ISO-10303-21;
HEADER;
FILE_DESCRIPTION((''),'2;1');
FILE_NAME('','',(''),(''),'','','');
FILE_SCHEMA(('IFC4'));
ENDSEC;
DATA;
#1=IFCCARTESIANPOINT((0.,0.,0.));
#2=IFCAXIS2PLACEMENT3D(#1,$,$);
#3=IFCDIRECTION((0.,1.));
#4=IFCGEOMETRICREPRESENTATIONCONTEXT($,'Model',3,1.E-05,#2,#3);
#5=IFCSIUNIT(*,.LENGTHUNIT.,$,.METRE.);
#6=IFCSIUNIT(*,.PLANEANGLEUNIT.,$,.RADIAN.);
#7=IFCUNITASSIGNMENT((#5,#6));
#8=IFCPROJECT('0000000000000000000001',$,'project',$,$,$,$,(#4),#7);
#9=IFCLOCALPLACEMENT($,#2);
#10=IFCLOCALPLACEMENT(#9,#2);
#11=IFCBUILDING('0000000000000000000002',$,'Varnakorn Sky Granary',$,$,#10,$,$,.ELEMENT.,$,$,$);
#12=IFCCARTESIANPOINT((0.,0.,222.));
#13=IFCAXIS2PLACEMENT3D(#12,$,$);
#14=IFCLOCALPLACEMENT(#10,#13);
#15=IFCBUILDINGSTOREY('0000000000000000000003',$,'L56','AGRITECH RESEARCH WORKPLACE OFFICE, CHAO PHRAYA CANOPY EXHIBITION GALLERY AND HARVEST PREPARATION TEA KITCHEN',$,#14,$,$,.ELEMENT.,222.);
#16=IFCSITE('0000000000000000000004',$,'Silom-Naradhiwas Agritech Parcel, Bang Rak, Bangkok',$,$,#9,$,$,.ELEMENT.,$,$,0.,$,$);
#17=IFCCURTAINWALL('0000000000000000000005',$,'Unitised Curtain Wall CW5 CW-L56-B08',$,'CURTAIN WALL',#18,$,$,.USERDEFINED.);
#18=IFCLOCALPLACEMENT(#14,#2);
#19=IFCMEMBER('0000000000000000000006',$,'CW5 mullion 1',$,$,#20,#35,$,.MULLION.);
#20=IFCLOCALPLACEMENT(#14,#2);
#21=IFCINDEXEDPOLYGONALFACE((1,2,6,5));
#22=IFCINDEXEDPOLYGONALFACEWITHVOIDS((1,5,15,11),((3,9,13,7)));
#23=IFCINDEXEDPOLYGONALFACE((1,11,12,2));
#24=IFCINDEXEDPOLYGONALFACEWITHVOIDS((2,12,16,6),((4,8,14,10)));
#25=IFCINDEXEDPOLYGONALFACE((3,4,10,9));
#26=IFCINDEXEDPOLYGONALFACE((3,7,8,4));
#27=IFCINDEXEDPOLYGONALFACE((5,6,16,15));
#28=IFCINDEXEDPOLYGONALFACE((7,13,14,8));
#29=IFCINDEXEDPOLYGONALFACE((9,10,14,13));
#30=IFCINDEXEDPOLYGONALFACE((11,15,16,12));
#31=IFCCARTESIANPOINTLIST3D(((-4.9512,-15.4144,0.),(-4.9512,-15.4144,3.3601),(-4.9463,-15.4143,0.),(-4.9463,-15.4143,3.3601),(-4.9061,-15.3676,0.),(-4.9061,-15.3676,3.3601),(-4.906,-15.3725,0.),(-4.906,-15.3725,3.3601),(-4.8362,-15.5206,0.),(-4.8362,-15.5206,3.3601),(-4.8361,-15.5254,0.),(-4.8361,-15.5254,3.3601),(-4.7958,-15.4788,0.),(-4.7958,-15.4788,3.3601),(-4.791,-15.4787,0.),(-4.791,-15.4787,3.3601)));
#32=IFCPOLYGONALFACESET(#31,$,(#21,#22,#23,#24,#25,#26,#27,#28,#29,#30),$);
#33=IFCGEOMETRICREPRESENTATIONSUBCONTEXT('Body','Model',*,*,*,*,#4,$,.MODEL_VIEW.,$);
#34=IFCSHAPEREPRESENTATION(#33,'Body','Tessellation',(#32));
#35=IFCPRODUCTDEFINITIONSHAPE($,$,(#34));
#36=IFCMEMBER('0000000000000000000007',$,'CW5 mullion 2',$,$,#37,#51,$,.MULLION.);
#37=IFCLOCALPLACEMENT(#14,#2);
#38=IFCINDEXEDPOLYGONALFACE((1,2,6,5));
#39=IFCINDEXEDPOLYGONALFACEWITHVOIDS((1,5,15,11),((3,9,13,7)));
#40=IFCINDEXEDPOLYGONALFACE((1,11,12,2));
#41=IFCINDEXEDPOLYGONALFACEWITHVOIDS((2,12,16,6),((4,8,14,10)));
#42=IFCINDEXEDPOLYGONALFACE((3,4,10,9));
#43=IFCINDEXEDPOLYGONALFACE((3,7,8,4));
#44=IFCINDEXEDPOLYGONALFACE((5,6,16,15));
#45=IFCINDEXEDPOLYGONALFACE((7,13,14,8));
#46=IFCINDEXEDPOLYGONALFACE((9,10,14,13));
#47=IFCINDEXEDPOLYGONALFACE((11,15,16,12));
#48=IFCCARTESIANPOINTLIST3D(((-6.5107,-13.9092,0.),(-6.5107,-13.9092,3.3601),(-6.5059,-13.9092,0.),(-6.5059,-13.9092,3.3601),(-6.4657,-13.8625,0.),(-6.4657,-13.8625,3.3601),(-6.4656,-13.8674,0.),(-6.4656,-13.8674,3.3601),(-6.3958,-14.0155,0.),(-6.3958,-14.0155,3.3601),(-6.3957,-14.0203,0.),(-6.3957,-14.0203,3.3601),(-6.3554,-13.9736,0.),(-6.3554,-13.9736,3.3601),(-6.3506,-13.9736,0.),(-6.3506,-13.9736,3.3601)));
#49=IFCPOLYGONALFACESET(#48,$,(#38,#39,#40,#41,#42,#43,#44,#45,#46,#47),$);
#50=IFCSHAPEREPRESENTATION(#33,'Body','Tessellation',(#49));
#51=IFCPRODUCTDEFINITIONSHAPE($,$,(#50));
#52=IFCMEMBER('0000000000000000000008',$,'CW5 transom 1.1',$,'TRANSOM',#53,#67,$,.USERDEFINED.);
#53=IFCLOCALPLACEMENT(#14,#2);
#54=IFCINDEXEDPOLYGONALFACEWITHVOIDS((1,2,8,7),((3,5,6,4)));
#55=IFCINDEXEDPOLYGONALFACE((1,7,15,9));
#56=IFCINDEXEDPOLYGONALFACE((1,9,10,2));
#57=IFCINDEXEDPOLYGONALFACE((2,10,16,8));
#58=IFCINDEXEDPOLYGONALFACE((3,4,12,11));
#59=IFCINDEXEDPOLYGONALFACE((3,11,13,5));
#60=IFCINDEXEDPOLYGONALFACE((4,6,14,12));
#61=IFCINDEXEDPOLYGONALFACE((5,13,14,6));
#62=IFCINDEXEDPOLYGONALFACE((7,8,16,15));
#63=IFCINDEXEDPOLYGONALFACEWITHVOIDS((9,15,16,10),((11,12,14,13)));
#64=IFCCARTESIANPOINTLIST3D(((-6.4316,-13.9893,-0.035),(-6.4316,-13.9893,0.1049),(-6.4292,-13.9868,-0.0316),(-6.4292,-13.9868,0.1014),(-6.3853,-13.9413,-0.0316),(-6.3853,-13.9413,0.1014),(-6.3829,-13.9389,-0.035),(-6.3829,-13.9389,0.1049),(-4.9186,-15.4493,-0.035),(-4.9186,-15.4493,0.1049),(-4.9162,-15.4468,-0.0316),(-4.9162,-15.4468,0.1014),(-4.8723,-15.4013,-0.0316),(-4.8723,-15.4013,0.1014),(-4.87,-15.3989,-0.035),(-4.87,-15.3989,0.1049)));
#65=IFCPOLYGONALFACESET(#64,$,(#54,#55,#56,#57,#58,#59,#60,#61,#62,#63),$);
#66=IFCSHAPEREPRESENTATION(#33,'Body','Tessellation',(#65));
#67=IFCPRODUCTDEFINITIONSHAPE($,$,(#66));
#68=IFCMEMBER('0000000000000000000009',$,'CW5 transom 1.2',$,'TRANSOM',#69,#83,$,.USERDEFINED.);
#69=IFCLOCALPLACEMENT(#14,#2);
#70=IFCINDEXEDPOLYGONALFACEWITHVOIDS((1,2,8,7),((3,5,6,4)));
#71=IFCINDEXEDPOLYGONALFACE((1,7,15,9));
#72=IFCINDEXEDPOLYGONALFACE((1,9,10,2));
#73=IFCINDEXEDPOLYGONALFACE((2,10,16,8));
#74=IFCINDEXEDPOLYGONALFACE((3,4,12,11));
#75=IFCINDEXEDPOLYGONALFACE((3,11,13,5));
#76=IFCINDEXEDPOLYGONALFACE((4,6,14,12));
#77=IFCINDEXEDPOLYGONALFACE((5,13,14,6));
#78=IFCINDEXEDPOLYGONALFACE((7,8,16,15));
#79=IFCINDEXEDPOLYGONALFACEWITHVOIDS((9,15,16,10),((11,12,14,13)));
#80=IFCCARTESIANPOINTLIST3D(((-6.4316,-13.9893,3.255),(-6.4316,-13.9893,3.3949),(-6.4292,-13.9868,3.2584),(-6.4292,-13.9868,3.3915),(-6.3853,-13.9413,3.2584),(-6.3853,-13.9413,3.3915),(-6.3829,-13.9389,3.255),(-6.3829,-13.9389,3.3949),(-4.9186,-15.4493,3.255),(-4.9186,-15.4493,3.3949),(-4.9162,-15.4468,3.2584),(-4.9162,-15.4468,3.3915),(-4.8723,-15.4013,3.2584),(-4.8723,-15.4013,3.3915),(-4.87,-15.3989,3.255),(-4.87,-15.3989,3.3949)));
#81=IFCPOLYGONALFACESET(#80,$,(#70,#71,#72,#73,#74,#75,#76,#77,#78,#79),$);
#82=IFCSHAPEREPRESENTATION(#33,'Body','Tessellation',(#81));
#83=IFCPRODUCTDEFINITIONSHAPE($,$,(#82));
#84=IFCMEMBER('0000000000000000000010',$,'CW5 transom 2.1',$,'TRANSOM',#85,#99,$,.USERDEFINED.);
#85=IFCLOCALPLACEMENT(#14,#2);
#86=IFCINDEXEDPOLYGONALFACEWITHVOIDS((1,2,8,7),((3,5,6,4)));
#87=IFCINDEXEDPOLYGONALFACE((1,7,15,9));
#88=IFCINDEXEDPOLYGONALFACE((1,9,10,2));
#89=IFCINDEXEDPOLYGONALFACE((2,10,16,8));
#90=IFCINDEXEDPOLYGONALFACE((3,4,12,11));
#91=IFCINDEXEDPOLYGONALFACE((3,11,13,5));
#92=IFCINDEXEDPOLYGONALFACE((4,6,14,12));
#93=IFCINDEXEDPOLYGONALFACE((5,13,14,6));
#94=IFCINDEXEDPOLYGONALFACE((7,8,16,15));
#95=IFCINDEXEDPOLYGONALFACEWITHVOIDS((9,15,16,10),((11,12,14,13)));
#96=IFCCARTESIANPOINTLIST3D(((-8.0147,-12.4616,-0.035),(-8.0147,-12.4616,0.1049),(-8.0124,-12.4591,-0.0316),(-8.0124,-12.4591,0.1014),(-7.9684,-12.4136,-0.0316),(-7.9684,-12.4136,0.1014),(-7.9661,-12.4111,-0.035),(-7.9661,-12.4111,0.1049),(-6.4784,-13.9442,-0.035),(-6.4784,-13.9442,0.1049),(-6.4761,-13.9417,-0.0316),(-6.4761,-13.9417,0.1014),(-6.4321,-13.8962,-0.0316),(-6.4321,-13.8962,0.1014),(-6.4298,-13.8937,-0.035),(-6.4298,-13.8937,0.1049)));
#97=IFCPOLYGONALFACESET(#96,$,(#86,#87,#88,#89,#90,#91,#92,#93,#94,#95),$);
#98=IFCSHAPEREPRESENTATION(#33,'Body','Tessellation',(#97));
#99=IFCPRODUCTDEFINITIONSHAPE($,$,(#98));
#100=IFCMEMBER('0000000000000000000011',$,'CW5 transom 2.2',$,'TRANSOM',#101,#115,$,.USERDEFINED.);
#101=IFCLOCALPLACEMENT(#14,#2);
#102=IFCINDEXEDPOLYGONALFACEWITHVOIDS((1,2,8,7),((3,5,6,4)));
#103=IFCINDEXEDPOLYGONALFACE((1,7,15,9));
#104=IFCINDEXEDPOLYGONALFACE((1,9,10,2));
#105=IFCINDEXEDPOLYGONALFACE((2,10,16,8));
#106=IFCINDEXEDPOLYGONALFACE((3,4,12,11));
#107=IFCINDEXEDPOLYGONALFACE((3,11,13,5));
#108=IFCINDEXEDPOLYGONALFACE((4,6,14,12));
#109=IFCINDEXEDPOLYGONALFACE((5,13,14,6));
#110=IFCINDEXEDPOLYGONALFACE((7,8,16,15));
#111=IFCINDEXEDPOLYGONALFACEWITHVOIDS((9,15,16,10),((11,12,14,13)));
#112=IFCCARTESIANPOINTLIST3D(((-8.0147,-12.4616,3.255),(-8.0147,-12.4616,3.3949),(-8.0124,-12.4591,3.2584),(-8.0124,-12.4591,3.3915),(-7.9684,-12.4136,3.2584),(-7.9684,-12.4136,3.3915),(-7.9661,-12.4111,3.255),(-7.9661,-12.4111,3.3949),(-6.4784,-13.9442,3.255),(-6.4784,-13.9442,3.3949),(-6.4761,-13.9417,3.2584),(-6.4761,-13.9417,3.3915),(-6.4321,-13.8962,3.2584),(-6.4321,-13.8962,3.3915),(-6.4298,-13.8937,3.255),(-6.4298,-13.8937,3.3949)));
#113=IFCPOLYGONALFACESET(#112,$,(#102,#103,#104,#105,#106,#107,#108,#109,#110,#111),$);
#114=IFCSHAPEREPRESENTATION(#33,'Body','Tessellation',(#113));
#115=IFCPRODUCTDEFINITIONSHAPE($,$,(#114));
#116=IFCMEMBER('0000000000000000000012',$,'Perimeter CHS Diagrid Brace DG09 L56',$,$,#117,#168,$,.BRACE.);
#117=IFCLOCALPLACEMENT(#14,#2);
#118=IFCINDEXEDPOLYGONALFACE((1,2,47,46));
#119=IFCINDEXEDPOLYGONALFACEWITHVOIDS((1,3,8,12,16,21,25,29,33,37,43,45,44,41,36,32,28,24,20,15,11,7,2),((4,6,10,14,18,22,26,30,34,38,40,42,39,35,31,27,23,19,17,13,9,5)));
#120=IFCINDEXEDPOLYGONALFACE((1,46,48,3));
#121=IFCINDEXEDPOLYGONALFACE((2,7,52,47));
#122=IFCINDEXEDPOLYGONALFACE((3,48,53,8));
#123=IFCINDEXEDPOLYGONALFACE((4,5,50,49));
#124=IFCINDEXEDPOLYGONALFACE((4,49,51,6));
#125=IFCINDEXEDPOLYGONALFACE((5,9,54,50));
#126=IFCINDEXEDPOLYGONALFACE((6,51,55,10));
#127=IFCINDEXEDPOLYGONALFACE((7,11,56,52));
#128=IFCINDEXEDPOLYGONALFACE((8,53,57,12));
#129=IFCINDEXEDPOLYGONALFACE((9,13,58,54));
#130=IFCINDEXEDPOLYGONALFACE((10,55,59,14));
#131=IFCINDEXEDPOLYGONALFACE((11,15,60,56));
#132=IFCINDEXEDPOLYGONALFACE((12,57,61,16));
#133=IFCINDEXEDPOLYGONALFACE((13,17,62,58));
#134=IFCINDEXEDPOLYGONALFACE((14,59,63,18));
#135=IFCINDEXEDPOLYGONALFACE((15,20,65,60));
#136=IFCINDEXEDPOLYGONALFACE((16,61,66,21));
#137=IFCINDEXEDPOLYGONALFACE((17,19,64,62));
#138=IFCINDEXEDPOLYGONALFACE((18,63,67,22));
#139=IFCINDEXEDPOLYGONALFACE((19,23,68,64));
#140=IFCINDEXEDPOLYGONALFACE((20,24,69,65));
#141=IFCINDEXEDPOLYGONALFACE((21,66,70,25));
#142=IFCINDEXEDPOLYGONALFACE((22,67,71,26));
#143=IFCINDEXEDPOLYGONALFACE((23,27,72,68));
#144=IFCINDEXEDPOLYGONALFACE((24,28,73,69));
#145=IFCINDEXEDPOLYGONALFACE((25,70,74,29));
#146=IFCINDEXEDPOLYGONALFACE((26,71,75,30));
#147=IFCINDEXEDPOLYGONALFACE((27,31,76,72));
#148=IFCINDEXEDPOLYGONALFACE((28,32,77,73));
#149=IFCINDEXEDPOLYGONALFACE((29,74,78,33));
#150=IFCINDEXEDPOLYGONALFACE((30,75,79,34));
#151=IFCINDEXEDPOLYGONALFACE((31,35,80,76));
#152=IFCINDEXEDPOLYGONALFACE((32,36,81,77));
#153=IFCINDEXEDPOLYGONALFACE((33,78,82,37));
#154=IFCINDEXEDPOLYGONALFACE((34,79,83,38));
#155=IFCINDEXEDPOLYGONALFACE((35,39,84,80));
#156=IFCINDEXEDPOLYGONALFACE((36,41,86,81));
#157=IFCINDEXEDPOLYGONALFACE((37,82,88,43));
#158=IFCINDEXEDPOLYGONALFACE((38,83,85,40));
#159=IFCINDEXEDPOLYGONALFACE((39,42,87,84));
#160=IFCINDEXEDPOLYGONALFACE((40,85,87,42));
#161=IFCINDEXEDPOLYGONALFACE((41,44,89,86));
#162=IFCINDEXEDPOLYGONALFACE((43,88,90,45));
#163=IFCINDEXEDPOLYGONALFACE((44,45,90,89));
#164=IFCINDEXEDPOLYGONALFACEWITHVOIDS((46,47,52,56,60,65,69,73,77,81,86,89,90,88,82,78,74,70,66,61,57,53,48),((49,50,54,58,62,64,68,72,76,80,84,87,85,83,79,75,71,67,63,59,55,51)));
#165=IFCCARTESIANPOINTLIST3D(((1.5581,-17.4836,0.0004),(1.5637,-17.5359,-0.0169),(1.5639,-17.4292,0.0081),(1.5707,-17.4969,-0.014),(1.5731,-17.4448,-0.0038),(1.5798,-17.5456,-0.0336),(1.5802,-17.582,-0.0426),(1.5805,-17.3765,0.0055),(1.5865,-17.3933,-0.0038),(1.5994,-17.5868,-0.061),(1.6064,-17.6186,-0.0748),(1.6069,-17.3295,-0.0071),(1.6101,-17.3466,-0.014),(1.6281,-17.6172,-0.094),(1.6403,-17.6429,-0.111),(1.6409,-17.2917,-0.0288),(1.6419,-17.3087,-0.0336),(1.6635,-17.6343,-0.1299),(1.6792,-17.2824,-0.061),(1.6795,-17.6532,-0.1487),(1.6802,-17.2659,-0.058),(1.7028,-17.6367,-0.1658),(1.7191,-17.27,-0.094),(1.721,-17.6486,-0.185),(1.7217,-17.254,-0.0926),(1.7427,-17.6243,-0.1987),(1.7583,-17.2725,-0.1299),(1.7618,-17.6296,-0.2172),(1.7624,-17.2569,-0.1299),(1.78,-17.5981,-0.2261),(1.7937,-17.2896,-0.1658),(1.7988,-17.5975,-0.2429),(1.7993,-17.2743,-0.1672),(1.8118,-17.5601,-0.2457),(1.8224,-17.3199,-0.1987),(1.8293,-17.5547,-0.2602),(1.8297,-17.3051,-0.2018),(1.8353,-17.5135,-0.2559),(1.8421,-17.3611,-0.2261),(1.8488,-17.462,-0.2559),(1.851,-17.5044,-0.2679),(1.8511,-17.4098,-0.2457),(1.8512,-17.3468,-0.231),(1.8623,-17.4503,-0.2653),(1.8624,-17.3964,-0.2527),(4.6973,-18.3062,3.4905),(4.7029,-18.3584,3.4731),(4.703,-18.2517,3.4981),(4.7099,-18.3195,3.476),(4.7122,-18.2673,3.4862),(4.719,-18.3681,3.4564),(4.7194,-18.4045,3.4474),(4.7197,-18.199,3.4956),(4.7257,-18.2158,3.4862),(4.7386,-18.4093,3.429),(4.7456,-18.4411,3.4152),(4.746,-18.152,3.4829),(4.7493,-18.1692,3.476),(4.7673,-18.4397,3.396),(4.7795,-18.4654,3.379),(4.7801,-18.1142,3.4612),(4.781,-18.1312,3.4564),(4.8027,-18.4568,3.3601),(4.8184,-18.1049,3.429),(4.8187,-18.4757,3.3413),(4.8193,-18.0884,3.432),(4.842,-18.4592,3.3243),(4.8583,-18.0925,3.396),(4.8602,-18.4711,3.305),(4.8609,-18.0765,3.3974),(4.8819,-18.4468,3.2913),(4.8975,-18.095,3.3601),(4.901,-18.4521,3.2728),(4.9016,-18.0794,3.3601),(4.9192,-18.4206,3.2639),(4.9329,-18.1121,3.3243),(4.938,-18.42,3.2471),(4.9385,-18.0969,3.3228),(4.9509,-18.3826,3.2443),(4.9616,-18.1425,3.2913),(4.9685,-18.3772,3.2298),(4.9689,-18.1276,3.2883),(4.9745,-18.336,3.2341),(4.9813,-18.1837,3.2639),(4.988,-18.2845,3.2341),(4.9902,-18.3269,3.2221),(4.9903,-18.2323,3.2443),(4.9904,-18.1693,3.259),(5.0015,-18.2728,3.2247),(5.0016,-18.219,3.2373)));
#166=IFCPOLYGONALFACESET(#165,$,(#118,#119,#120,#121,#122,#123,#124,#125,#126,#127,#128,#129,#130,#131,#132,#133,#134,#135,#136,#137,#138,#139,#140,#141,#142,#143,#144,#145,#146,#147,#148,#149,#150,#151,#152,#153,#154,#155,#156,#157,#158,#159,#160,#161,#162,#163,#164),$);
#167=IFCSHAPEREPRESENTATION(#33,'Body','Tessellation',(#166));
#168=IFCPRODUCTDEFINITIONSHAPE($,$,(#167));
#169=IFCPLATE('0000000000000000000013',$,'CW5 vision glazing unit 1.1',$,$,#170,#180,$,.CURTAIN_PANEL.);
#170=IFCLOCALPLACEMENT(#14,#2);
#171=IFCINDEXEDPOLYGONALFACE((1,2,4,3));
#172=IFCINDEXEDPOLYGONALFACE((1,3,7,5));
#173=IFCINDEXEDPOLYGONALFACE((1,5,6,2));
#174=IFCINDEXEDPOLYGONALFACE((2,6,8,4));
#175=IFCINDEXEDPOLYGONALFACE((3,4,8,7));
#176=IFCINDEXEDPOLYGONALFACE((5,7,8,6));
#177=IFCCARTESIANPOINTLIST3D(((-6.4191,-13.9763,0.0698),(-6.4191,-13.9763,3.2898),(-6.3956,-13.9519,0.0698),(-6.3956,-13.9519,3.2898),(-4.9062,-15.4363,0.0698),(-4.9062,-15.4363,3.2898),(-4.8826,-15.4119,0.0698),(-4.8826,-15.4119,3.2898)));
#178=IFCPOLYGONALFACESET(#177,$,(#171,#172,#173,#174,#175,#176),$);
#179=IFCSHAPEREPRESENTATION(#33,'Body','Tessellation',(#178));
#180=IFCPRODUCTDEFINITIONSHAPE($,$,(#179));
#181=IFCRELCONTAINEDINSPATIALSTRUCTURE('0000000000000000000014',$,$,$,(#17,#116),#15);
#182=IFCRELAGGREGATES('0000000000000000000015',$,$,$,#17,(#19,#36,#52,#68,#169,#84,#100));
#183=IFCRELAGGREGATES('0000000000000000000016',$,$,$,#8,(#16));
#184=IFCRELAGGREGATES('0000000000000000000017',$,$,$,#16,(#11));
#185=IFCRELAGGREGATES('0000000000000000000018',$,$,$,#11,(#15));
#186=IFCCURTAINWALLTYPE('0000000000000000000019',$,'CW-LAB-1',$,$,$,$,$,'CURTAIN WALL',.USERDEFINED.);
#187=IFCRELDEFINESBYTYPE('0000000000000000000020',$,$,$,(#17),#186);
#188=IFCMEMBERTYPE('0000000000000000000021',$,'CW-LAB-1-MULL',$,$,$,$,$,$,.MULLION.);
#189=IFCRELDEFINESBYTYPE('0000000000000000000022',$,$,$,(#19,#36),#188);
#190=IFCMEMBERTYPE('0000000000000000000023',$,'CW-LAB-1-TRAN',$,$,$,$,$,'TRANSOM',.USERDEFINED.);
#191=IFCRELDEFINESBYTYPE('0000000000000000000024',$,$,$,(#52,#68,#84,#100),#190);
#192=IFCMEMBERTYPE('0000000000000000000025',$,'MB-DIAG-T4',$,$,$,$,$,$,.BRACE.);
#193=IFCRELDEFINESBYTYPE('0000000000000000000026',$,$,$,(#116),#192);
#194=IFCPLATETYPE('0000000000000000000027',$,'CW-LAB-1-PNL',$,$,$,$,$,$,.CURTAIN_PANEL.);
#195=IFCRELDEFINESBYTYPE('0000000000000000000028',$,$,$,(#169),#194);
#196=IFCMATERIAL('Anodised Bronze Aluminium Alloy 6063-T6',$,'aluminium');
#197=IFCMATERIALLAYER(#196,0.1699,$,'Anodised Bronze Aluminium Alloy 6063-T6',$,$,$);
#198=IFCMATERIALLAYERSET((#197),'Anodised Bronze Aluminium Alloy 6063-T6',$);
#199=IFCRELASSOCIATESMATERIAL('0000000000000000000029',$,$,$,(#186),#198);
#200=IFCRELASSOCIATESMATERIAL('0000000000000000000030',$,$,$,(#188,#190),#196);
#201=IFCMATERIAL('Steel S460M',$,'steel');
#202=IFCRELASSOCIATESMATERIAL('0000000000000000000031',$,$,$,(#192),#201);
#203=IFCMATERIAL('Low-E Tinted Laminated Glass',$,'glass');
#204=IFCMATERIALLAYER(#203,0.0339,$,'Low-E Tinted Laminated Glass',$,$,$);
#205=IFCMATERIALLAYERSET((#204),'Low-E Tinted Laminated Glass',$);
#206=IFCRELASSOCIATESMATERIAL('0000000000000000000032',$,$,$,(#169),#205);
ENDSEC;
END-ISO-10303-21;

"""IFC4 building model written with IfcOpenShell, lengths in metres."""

from ifc_helpers import new_model, si_unit, direction, frame, origin, origin_2d, place, context, subcontext, project, spatial, rectangle, hollow_rectangle, hollow_circle, extrude, source, transform, mapped, material, layer, layer_set, material_profile, profile_set, type_object, type_shapes, element, aggregate, save


model = new_model("IFC4")

# Units and contexts
model_context = context("Model", 3, precision=1e-05, world=origin(), true_north=direction((0.0, 1.0)))
body_context = subcontext(model_context, "Body", "Model", "MODEL_VIEW")
ifc_project = project(units=[si_unit("LENGTHUNIT", "METRE"), si_unit("PLANEANGLEUNIT", "RADIAN")], contexts=[model_context])

# Site, building, storey
site_placement = place(None, origin())
site = spatial("IfcSite", under=ifc_project, at=site_placement, Name="Silom-Naradhiwas Agritech Parcel, Bang Rak, Bangkok", CompositionType="ELEMENT", RefElevation=0.0)
building_placement = place(site_placement, origin())
building = spatial("IfcBuilding", under=site, at=building_placement, Name="Varnakorn Sky Granary", CompositionType="ELEMENT")
storey_placement = place(building_placement, frame((0.0, 0.0, 222.0)))
storey = spatial("IfcBuildingStorey", under=building, at=storey_placement, Name="L56", Description="AGRITECH RESEARCH WORKPLACE OFFICE, CHAO PHRAYA CANOPY EXHIBITION GALLERY AND HARVEST PREPARATION TEA KITCHEN", CompositionType="ELEMENT", Elevation=222.0)

# Shared definitions
ifc_material_1 = material(Name="Steel S460M", Category="steel")

# Curtain wall, members
ifc_material_2 = material(Name="Anodised Bronze Aluminium Alloy 6063-T6", Category="aluminium")
ifc_layer_1 = layer(ifc_material_2, 0.1699, Name="Anodised Bronze Aluminium Alloy 6063-T6")
ifc_layer_set_1 = layer_set([ifc_layer_1], Name="Anodised Bronze Aluminium Alloy 6063-T6")
curtain_wall_type = type_object("IfcCurtainWallType", Name="CW-LAB-1", ElementType="CURTAIN WALL", PredefinedType="USERDEFINED", material=ifc_layer_set_1)
curtain_wall_placement = place(storey_placement, origin())
curtain_wall = element("IfcCurtainWall", 1, at=curtain_wall_placement, inside=storey, type_object=curtain_wall_type, Name="Unitised Curtain Wall CW5 CW-L56-B08", ObjectType="CURTAIN WALL", PredefinedType="USERDEFINED")
ifc_material_profile_1 = material_profile(ifc_material_2, hollow_rectangle(XDim=0.0649, YDim=0.1599, WallThickness=0.0034, at=origin_2d()), Name="ALU MULL 65x160")
ifc_profile_set_1 = profile_set([ifc_material_profile_1], Name="Anodised Bronze Aluminium Alloy 6063-T6")
member_type_1 = type_object("IfcMemberType", Name="CW-LAB-1-MULL", PredefinedType="MULLION", material=ifc_profile_set_1)
member_1_placement = place(storey_placement, frame((-4.8711, -15.4465, 0.0), z_axis=(0.0, 0.0, 1.0), x_axis=(-0.694404, -0.719585, 0.0)))
member_1 = element("IfcMember", 2, at=member_1_placement, type_object=member_type_1, Name="CW5 mullion 1", PredefinedType="MULLION", context=body_context, shape_type="SweptSolid", body=[
    extrude(hollow_rectangle(XDim=0.0649, YDim=0.1599, WallThickness=0.0034, at=origin_2d()), origin(), (0.0, 0.0, 1.0), 3.3601),
])
member_2_placement = place(storey_placement, frame((-6.4307, -13.9414, 0.0), z_axis=(0.0, 0.0, 1.0), x_axis=(-0.694404, -0.719585, 0.0)))
member_2 = element("IfcMember", 3, at=member_2_placement, type_object=member_type_1, Name="CW5 mullion 2", PredefinedType="MULLION", context=body_context, shape_type="SweptSolid", body=[
    extrude(hollow_rectangle(XDim=0.0649, YDim=0.1599, WallThickness=0.0034, at=origin_2d()), origin(), (0.0, 0.0, 1.0), 3.3601),
])
ifc_material_profile_2 = material_profile(ifc_material_2, hollow_rectangle(XDim=0.0701, YDim=0.1399, WallThickness=0.0034, at=origin_2d()), Name="ALU TRAN 70x140")
ifc_profile_set_2 = profile_set([ifc_material_profile_2], Name="Anodised Bronze Aluminium Alloy 6063-T6")
member_type_2 = type_object("IfcMemberType", Name="CW-LAB-1-TRAN", ElementType="TRANSOM", PredefinedType="USERDEFINED", material=ifc_profile_set_2)
member_3_placement = place(storey_placement, frame((-4.8943, -15.4241, 0.0349), z_axis=(-0.719594, 0.694396, 0.0), x_axis=(-0.694396, -0.719594, 0.0)))
member_3 = element("IfcMember", 4, at=member_3_placement, type_object=member_type_2, Name="CW5 transom 1.1", ObjectType="TRANSOM", PredefinedType="USERDEFINED", context=body_context, shape_type="SweptSolid", body=[
    extrude(hollow_rectangle(XDim=0.0701, YDim=0.1399, WallThickness=0.0034, at=origin_2d()), origin(), (0.0, 0.0, 1.0), 2.1025),
])
member_4_placement = place(storey_placement, frame((-4.8943, -15.4241, 3.325), z_axis=(-0.719594, 0.694396, 0.0), x_axis=(-0.694396, -0.719594, 0.0)))
member_4 = element("IfcMember", 5, at=member_4_placement, type_object=member_type_2, Name="CW5 transom 1.2", ObjectType="TRANSOM", PredefinedType="USERDEFINED", context=body_context, shape_type="SweptSolid", body=[
    extrude(hollow_rectangle(XDim=0.0701, YDim=0.1399, WallThickness=0.0034, at=origin_2d()), origin(), (0.0, 0.0, 1.0), 2.1025),
])
member_5_placement = place(storey_placement, frame((-6.4541, -13.9189, 0.0349), z_axis=(-0.719573, 0.694417, 0.0), x_axis=(-0.694417, -0.719573, 0.0)))
member_5 = element("IfcMember", 6, at=member_5_placement, type_object=member_type_2, Name="CW5 transom 2.1", ObjectType="TRANSOM", PredefinedType="USERDEFINED", context=body_context, shape_type="SweptSolid", body=[
    extrude(hollow_rectangle(XDim=0.0701, YDim=0.1399, WallThickness=0.0034, at=origin_2d()), origin(), (0.0, 0.0, 1.0), 2.135),
])
member_6_placement = place(storey_placement, frame((-6.4541, -13.9189, 3.325), z_axis=(-0.719573, 0.694417, 0.0), x_axis=(-0.694417, -0.719573, 0.0)))
member_6 = element("IfcMember", 7, at=member_6_placement, type_object=member_type_2, Name="CW5 transom 2.2", ObjectType="TRANSOM", PredefinedType="USERDEFINED", context=body_context, shape_type="SweptSolid", body=[
    extrude(hollow_rectangle(XDim=0.0701, YDim=0.1399, WallThickness=0.0034, at=origin_2d()), origin(), (0.0, 0.0, 1.0), 2.135),
])

# Member
ifc_material_profile_3 = material_profile(ifc_material_1, hollow_circle(Radius=0.2031, WallThickness=0.0161, at=origin_2d()), Name="CHS 406.4x16")
ifc_profile_set_3 = profile_set([ifc_material_profile_3], Name="Steel S460M")
member_type_3 = type_object("IfcMemberType", Name="MB-DIAG-T4", PredefinedType="BRACE", material=ifc_profile_set_3)
member_7_placement = place(storey_placement, frame((1.7109, -17.4534, -0.1299), z_axis=(0.658713, -0.172593, 0.732331), x_axis=(0.25346, 0.967346, 0.0)))
element("IfcMember", 8, at=member_7_placement, inside=storey, type_object=member_type_3, Name="Perimeter CHS Diagrid Brace DG09 L56", PredefinedType="BRACE", context=body_context, shape_type="SweptSolid", body=[
    extrude(hollow_circle(Radius=0.2031, WallThickness=0.0161, at=origin_2d()), origin(), (0.0, 0.0, 1.0), 4.7656),
])

# Plate
ifc_material_3 = material(Name="Low-E Tinted Laminated Glass", Category="glass")
ifc_layer_2 = layer(ifc_material_3, 0.0339, Name="Low-E Tinted Laminated Glass")
ifc_layer_set_2 = layer_set([ifc_layer_2], Name="Low-E Tinted Laminated Glass")
plate_type = type_object("IfcPlateType", Name="CW-LAB-1-PNL", PredefinedType="CURTAIN_PANEL")
shared_shape_1 = source(origin(), body_context, "Body", "SweptSolid", [
    extrude(rectangle(XDim=2.1025, YDim=0.0339, at=origin_2d()), origin(), (0.0, 0.0, 1.0), 3.22),
])
type_shapes(plate_type, [shared_shape_1])
plate_placement = place(storey_placement, frame((-5.6509, -14.6941, 0.0698), z_axis=(0.0, 0.0, 1.0), x_axis=(-0.719585, 0.694404, 0.0)))
plate = element("IfcPlate", 9, at=plate_placement, type_object=plate_type, material=ifc_layer_set_2, Name="CW5 vision glazing unit 1.1", PredefinedType="CURTAIN_PANEL", context=body_context, shape_type="MappedRepresentation", body=[
    mapped(shared_shape_1, transform((0.0, 0.0, 0.0), x_axis=(1.0, 0.0, 0.0), y_axis=(0.0, 1.0, 0.0), z_axis=(0.0, 0.0, 1.0), scale=1.0)),
])
aggregate(curtain_wall, [member_1, member_2, member_3, member_4, plate, member_5, member_6])

save(model, "model.ifc")
